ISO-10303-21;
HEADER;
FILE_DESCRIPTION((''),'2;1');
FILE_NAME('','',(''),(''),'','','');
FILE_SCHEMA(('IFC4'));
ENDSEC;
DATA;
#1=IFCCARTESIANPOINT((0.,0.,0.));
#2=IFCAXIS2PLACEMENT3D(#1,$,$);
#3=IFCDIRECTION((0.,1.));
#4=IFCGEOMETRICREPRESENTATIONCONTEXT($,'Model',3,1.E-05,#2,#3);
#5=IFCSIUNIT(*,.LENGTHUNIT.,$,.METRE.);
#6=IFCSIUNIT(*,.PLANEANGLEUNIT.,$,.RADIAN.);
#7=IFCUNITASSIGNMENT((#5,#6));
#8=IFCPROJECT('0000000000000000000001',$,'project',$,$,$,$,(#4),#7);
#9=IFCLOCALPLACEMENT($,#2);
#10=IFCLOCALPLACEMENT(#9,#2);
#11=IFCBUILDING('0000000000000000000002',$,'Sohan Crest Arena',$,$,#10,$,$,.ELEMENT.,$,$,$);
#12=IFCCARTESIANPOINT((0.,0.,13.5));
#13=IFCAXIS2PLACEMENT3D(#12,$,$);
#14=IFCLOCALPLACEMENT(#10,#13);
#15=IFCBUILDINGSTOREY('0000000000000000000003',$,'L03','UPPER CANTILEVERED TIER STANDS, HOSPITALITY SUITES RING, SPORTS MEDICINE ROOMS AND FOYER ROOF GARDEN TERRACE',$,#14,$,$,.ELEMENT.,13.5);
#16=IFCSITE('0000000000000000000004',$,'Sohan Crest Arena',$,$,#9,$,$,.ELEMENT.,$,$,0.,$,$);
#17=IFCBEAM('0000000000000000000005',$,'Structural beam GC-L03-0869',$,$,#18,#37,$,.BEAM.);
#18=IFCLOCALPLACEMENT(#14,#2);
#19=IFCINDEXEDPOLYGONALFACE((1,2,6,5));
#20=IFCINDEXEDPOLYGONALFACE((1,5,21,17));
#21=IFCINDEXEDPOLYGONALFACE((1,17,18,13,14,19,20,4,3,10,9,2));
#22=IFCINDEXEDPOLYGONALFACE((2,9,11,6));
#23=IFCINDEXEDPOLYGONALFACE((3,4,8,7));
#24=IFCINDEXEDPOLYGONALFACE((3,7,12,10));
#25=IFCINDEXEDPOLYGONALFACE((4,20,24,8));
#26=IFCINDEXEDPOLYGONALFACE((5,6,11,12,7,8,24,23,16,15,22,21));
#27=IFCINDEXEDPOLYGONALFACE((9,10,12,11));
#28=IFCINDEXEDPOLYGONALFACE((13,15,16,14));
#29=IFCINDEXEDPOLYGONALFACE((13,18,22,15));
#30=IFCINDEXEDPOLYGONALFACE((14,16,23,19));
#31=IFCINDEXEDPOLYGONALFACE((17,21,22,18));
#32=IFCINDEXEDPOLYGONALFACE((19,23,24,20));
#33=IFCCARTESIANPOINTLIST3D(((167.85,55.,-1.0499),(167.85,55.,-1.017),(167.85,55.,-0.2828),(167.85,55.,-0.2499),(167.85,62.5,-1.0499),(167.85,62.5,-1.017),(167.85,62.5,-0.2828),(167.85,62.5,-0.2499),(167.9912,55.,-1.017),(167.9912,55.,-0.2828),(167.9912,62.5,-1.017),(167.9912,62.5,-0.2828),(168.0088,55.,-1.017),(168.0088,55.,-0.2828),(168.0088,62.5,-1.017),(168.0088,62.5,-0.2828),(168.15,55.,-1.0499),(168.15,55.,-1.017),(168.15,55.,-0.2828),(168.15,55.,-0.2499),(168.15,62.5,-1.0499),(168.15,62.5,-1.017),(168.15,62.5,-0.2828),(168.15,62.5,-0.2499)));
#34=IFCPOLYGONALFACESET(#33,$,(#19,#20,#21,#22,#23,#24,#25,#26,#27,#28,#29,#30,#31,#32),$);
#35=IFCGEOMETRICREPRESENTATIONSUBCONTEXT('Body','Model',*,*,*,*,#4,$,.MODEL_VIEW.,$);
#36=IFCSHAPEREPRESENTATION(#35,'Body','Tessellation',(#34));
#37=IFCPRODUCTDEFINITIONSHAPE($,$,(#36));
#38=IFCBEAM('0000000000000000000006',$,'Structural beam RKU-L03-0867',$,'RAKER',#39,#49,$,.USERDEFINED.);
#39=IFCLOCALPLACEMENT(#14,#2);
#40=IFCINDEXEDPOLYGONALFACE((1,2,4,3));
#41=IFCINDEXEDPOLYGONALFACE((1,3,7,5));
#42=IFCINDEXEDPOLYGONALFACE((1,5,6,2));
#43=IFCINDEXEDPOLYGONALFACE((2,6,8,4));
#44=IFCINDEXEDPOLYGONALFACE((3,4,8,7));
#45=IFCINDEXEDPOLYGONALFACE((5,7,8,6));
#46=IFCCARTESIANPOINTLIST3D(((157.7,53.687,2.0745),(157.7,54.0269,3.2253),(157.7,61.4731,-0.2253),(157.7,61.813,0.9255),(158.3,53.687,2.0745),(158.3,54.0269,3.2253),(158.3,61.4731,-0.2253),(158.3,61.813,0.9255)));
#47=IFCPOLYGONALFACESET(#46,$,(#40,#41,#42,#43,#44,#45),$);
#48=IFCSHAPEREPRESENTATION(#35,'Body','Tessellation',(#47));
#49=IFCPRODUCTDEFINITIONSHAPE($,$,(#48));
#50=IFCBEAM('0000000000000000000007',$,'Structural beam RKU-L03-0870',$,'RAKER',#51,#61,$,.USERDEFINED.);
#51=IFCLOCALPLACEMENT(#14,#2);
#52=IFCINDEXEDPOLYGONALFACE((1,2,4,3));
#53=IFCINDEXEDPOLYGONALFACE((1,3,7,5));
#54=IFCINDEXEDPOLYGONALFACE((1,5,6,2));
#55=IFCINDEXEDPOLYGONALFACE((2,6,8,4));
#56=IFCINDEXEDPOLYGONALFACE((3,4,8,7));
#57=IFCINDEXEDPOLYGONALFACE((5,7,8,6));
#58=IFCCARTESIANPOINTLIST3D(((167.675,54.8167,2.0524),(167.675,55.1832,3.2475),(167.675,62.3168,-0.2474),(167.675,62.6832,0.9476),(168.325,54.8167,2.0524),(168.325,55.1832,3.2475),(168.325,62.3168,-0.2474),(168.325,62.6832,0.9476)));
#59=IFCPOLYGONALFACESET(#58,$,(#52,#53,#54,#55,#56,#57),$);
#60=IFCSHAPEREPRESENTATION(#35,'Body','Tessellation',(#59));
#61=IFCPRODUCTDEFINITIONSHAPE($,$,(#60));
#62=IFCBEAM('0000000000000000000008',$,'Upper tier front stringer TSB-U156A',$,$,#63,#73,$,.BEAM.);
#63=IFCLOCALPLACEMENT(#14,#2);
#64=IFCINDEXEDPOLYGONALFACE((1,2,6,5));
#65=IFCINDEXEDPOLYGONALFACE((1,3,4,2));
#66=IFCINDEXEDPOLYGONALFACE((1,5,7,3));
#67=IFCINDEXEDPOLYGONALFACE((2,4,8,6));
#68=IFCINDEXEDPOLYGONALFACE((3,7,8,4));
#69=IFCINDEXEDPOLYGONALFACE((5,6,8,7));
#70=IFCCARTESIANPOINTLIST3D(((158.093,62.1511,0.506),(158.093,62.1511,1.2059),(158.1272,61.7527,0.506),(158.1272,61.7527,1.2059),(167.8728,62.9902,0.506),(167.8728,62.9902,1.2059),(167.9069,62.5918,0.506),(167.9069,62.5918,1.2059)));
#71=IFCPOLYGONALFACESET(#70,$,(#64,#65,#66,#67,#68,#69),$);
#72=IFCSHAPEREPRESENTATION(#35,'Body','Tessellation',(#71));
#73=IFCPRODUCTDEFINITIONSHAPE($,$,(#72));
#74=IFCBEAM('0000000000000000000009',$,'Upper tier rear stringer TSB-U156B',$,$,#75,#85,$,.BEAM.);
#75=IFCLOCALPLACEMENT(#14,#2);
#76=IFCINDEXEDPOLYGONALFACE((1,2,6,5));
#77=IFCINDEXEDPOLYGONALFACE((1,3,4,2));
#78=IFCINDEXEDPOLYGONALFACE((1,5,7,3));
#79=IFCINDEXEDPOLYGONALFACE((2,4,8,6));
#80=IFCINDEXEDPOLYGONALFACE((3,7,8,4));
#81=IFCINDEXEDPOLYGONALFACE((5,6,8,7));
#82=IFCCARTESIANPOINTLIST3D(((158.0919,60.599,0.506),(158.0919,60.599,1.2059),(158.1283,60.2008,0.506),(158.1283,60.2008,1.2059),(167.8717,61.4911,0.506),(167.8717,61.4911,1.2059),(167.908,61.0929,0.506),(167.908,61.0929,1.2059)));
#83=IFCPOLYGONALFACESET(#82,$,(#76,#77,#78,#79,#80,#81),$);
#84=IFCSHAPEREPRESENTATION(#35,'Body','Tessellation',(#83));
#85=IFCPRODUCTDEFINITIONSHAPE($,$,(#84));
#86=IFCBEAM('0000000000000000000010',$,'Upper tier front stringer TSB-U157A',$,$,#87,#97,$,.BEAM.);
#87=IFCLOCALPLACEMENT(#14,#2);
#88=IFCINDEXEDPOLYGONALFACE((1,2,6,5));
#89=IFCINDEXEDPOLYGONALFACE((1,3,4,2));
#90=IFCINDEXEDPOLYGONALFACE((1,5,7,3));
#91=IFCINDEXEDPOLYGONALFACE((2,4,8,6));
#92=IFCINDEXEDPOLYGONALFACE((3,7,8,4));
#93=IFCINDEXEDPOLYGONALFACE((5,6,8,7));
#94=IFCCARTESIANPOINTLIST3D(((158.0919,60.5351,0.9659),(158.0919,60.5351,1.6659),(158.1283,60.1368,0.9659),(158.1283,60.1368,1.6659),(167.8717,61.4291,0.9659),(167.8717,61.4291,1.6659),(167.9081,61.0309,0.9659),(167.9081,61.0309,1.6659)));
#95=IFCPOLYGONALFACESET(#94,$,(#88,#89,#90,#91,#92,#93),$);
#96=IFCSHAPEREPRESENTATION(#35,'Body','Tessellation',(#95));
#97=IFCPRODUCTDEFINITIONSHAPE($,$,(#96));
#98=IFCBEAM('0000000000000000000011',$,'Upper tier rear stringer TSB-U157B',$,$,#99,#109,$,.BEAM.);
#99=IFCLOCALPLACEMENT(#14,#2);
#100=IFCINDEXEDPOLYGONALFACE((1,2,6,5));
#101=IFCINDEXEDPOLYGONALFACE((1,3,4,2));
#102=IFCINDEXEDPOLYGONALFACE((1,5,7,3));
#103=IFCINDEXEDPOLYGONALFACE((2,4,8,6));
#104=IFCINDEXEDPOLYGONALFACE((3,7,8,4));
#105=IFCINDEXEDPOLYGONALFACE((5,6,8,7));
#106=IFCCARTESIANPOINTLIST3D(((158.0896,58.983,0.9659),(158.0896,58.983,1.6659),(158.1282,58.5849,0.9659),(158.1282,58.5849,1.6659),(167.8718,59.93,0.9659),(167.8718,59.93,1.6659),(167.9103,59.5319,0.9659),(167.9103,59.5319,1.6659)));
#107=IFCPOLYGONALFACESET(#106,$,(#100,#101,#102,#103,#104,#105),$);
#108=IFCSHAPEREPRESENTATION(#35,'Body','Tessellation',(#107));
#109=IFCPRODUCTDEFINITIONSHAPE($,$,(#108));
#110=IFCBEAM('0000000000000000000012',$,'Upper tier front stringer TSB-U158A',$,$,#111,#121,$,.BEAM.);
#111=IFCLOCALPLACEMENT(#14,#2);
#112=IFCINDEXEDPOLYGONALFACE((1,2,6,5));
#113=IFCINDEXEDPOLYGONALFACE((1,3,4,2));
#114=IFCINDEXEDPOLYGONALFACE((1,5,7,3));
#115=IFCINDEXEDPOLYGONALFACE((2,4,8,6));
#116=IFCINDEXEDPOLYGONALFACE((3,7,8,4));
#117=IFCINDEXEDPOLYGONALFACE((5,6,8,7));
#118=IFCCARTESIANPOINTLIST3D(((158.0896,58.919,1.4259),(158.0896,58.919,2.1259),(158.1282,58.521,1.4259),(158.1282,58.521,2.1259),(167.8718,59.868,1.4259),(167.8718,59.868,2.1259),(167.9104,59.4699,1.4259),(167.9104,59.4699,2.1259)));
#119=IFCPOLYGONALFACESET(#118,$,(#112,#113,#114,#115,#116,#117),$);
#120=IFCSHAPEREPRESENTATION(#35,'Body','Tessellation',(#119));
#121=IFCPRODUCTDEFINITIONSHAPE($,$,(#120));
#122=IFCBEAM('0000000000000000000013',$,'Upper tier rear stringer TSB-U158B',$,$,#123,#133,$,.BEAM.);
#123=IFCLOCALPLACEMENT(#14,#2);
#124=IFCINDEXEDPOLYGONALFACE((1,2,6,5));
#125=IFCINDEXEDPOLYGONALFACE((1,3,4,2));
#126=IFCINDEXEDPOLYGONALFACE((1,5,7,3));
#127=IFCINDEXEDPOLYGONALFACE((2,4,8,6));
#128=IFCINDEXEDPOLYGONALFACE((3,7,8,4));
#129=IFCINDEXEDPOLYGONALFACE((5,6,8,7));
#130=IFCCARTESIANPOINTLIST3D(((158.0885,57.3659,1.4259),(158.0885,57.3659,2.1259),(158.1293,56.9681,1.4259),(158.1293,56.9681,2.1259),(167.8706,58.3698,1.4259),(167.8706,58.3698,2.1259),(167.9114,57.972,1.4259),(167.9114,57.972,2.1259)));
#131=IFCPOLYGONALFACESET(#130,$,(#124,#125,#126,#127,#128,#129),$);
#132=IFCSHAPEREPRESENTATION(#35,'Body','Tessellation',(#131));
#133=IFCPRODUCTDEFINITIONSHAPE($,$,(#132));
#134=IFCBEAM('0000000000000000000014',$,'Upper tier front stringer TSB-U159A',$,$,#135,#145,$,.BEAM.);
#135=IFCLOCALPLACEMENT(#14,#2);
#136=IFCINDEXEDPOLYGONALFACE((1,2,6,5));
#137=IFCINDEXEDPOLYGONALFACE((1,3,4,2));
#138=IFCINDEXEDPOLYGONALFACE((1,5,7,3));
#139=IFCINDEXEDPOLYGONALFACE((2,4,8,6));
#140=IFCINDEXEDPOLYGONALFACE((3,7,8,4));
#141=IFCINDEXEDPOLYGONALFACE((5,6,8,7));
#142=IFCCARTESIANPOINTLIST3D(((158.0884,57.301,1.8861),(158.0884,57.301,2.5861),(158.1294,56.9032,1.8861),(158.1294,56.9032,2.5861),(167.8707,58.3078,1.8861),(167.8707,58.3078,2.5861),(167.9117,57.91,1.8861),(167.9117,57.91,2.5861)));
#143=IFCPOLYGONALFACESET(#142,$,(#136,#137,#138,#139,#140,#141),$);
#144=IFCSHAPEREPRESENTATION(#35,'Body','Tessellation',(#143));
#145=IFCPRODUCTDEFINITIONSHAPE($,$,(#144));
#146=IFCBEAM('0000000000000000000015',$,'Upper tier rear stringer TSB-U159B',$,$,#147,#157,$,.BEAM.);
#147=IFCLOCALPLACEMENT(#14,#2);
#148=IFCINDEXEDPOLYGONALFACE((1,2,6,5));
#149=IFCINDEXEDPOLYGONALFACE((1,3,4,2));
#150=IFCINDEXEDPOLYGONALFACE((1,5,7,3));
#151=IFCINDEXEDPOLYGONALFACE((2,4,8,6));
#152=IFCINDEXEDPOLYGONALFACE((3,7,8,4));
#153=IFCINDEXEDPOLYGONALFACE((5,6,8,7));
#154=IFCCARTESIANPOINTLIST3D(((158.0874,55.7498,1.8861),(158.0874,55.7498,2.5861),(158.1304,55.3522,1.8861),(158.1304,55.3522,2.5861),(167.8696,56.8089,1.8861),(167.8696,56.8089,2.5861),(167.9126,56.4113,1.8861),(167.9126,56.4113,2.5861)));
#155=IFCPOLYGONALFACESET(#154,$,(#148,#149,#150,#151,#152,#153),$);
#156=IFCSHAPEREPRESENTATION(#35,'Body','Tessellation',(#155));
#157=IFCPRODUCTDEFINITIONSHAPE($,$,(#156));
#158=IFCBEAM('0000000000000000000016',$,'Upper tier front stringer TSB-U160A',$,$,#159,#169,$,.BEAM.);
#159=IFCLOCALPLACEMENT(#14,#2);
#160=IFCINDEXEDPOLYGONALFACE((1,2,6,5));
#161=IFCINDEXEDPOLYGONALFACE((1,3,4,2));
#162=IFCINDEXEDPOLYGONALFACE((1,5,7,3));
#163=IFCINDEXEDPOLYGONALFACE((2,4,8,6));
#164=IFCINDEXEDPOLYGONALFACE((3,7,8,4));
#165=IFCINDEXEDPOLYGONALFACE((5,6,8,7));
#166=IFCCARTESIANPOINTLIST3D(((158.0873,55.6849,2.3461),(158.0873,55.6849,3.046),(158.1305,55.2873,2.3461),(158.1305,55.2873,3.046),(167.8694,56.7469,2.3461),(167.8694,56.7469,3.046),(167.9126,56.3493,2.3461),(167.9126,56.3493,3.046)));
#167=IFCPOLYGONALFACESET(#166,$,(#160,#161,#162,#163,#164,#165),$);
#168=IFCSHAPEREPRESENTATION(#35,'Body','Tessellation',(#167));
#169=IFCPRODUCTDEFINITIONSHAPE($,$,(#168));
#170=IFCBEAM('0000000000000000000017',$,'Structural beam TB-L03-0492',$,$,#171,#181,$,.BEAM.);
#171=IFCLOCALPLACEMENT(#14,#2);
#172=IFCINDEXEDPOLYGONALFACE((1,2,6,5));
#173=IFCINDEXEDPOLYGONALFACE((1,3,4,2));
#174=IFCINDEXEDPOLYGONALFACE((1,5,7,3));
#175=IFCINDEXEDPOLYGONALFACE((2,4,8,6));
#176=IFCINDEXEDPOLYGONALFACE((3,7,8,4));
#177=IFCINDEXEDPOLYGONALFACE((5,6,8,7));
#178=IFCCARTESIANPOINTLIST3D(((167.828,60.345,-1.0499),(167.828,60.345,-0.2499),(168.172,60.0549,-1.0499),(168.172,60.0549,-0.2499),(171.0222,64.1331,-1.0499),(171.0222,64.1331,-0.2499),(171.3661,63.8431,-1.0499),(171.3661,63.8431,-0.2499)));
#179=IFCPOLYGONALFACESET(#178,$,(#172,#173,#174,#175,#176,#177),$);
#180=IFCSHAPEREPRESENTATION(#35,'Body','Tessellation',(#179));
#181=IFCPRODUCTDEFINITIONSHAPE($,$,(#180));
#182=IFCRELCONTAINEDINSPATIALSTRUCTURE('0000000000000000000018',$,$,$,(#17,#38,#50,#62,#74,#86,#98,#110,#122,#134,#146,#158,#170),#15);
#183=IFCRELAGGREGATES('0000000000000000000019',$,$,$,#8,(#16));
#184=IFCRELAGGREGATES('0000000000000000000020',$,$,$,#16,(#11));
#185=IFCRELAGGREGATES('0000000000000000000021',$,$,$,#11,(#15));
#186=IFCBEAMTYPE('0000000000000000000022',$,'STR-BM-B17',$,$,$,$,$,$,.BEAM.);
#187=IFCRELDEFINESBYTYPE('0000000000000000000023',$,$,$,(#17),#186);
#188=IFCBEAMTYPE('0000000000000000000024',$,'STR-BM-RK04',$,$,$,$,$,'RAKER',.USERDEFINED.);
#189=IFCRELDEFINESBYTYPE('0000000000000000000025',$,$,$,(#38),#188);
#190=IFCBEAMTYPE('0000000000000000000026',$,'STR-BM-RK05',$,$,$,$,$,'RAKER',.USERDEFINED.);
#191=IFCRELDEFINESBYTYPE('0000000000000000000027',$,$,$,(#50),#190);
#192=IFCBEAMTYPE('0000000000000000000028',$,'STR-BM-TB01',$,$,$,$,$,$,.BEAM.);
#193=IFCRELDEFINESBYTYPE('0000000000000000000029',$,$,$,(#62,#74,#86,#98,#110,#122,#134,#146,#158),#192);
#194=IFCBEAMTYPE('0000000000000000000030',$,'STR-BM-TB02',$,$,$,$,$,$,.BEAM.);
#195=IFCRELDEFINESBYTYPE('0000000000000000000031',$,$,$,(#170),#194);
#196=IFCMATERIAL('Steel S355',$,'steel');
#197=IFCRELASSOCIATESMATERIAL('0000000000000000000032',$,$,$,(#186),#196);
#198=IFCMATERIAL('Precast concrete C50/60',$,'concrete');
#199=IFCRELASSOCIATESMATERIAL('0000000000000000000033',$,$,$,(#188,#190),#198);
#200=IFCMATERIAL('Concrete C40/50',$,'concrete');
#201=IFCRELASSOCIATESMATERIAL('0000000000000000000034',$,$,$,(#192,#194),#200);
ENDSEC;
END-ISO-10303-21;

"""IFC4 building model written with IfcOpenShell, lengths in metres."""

from ifc_helpers import new_model, si_unit, direction, frame, origin, origin_2d, place, context, subcontext, project, spatial, rectangle, i_section, extrude, material, material_profile, profile_set, type_object, element, save


model = new_model("IFC4")

# Units and contexts
model_context = context("Model", 3, precision=1e-05, world=origin(), true_north=direction((0.0, 1.0)))
body_context = subcontext(model_context, "Body", "Model", "MODEL_VIEW")
ifc_project = project(units=[si_unit("LENGTHUNIT", "METRE"), si_unit("PLANEANGLEUNIT", "RADIAN")], contexts=[model_context])

# Site, building, storey
site_placement = place(None, origin())
site = spatial("IfcSite", under=ifc_project, at=site_placement, Name="Sohan Crest Arena", CompositionType="ELEMENT", RefElevation=0.0)
building_placement = place(site_placement, origin())
building = spatial("IfcBuilding", under=site, at=building_placement, Name="Sohan Crest Arena", CompositionType="ELEMENT")
storey_placement = place(building_placement, frame((0.0, 0.0, 13.5)))
storey = spatial("IfcBuildingStorey", under=building, at=storey_placement, Name="L03", Description="UPPER CANTILEVERED TIER STANDS, HOSPITALITY SUITES RING, SPORTS MEDICINE ROOMS AND FOYER ROOF GARDEN TERRACE", CompositionType="ELEMENT", Elevation=13.5)

# Shared definitions
ifc_material_1 = material(Name="Concrete C40/50", Category="concrete")
ifc_material_2 = material(Name="Steel S355", Category="steel")

# Beams
ifc_material_profile_1 = material_profile(ifc_material_2, i_section(OverallWidth=0.3, OverallDepth=0.8, WebThickness=0.0176, FlangeThickness=0.033, at=origin_2d()), Name="HEB 800")
ifc_profile_set_1 = profile_set([ifc_material_profile_1], Name="Steel S355")
beam_type_1 = type_object("IfcBeamType", Name="STR-BM-B17", PredefinedType="BEAM", material=ifc_profile_set_1)
beam_1_placement = place(storey_placement, frame((168.0, 55.0, -0.6499), z_axis=(0.0, 1.0, 0.0), x_axis=(-1.0, 0.0, 0.0)))
element("IfcBeam", 1, at=beam_1_placement, inside=storey, type_object=beam_type_1, Name="Structural beam GC-L03-0869", PredefinedType="BEAM", context=body_context, shape_type="SweptSolid", body=[
    extrude(i_section(OverallWidth=0.3, OverallDepth=0.8, WebThickness=0.0176, FlangeThickness=0.033, at=origin_2d()), origin(), (0.0, 0.0, 1.0), 7.5),
])
ifc_material_3 = material(Name="Precast concrete C50/60", Category="concrete")
ifc_material_profile_2 = material_profile(ifc_material_3, rectangle(XDim=0.6001, YDim=1.2, at=origin_2d()), Name="RAKER 600x1200")
ifc_profile_set_2 = profile_set([ifc_material_profile_2], Name="Precast concrete C50/60")
beam_type_2 = type_object("IfcBeamType", Name="STR-BM-RK04", ElementType="RAKER", PredefinedType="USERDEFINED", material=ifc_profile_set_2)
beam_2_placement = place(storey_placement, frame((158.0, 61.6431, 0.3501), z_axis=(0.0, -0.959039, 0.283273), x_axis=(1.0, 0.0, 0.0)))
element("IfcBeam", 2, at=beam_2_placement, inside=storey, type_object=beam_type_2, Name="Structural beam RKU-L03-0867", ObjectType="RAKER", PredefinedType="USERDEFINED", context=body_context, shape_type="SweptSolid", body=[
    extrude(rectangle(XDim=0.6001, YDim=1.2, at=origin_2d()), origin(), (0.0, 0.0, 1.0), 8.1187),
])
ifc_material_profile_3 = material_profile(ifc_material_3, rectangle(XDim=0.6499, YDim=1.25, at=origin_2d()), Name="RAKER 650x1250")
ifc_profile_set_3 = profile_set([ifc_material_profile_3], Name="Precast concrete C50/60")
beam_type_3 = type_object("IfcBeamType", Name="STR-BM-RK05", ElementType="RAKER", PredefinedType="USERDEFINED", material=ifc_profile_set_3)
beam_3_placement = place(storey_placement, frame((168.0, 62.5, 0.3501), z_axis=(0.0, -0.956061, 0.293167), x_axis=(1.0, 0.0, 0.0)))
element("IfcBeam", 3, at=beam_3_placement, inside=storey, type_object=beam_type_3, Name="Structural beam RKU-L03-0870", ObjectType="RAKER", PredefinedType="USERDEFINED", context=body_context, shape_type="SweptSolid", body=[
    extrude(rectangle(XDim=0.6499, YDim=1.25, at=origin_2d()), origin(), (0.0, 0.0, 1.0), 7.8447),
])
ifc_material_profile_4 = material_profile(ifc_material_1, rectangle(XDim=0.3999, YDim=0.7, at=origin_2d()), Name="RC-BM 400x700")
ifc_profile_set_4 = profile_set([ifc_material_profile_4], Name="Concrete C40/50")
beam_type_4 = type_object("IfcBeamType", Name="STR-BM-TB01", PredefinedType="BEAM", material=ifc_profile_set_4)
beam_4_placement = place(storey_placement, frame((158.1101, 61.9519, 0.856), z_axis=(0.996339, 0.085487, 0.0), x_axis=(-0.085487, 0.996339, 0.0)))
element("IfcBeam", 4, at=beam_4_placement, inside=storey, type_object=beam_type_4, Name="Upper tier front stringer TSB-U156A", PredefinedType="BEAM", context=body_context, shape_type="SweptSolid", body=[
    extrude(rectangle(XDim=0.3999, YDim=0.7, at=origin_2d()), origin(), (0.0, 0.0, 1.0), 9.8157),
])
beam_5_placement = place(storey_placement, frame((158.1101, 60.3999, 0.856), z_axis=(0.995865, 0.090841, 0.0), x_axis=(-0.090841, 0.995865, 0.0)))
element("IfcBeam", 5, at=beam_5_placement, inside=storey, type_object=beam_type_4, Name="Upper tier rear stringer TSB-U156B", PredefinedType="BEAM", context=body_context, shape_type="SweptSolid", body=[
    extrude(rectangle(XDim=0.3999, YDim=0.7, at=origin_2d()), origin(), (0.0, 0.0, 1.0), 9.8203),
])
beam_6_placement = place(storey_placement, frame((158.1101, 60.3359, 1.3159), z_axis=(0.995847, 0.091038, 0.0), x_axis=(-0.091038, 0.995847, 0.0)))
element("IfcBeam", 6, at=beam_6_placement, inside=storey, type_object=beam_type_4, Name="Upper tier front stringer TSB-U157A", PredefinedType="BEAM", context=body_context, shape_type="SweptSolid", body=[
    extrude(rectangle(XDim=0.3999, YDim=0.7, at=origin_2d()), origin(), (0.0, 0.0, 1.0), 9.8206),
])
beam_7_placement = place(storey_placement, frame((158.1089, 58.7839, 1.3159), z_axis=(0.995347, 0.09636, 0.0), x_axis=(-0.09636, 0.995347, 0.0)))
element("IfcBeam", 7, at=beam_7_placement, inside=storey, type_object=beam_type_4, Name="Upper tier rear stringer TSB-U157B", PredefinedType="BEAM", context=body_context, shape_type="SweptSolid", body=[
    extrude(rectangle(XDim=0.3999, YDim=0.7, at=origin_2d()), origin(), (0.0, 0.0, 1.0), 9.8279),
])
beam_8_placement = place(storey_placement, frame((158.1089, 58.72, 1.7759), z_axis=(0.995327, 0.096557, 0.0), x_axis=(-0.096557, 0.995327, 0.0)))
element("IfcBeam", 8, at=beam_8_placement, inside=storey, type_object=beam_type_4, Name="Upper tier front stringer TSB-U158A", PredefinedType="BEAM", context=body_context, shape_type="SweptSolid", body=[
    extrude(rectangle(XDim=0.3999, YDim=0.7, at=origin_2d()), origin(), (0.0, 0.0, 1.0), 9.8281),
])
beam_9_placement = place(storey_placement, frame((158.1089, 57.167, 1.7759), z_axis=(0.994775, 0.102089, 0.0), x_axis=(-0.102089, 0.994775, 0.0)))
element("IfcBeam", 9, at=beam_9_placement, inside=storey, type_object=beam_type_4, Name="Upper tier rear stringer TSB-U158B", PredefinedType="BEAM", context=body_context, shape_type="SweptSolid", body=[
    extrude(rectangle(XDim=0.3999, YDim=0.7, at=origin_2d()), origin(), (0.0, 0.0, 1.0), 9.8335),
])
beam_10_placement = place(storey_placement, frame((158.1089, 57.1021, 2.2361), z_axis=(0.994745, 0.102384, 0.0), x_axis=(-0.102384, 0.994745, 0.0)))
element("IfcBeam", 10, at=beam_10_placement, inside=storey, type_object=beam_type_4, Name="Upper tier front stringer TSB-U159A", PredefinedType="BEAM", context=body_context, shape_type="SweptSolid", body=[
    extrude(rectangle(XDim=0.3999, YDim=0.7, at=origin_2d()), origin(), (0.0, 0.0, 1.0), 9.834),
])
beam_11_placement = place(storey_placement, frame((158.1089, 55.551, 2.2361), z_axis=(0.99419, 0.107637, 0.0), x_axis=(-0.107637, 0.99419, 0.0)))
element("IfcBeam", 11, at=beam_11_placement, inside=storey, type_object=beam_type_4, Name="Upper tier rear stringer TSB-U159B", PredefinedType="BEAM", context=body_context, shape_type="SweptSolid", body=[
    extrude(rectangle(XDim=0.3999, YDim=0.7, at=origin_2d()), origin(), (0.0, 0.0, 1.0), 9.8394),
])
beam_12_placement = place(storey_placement, frame((158.1089, 55.4861, 2.696), z_axis=(0.994158, 0.107931, 0.0), x_axis=(-0.107931, 0.994158, 0.0)))
element("IfcBeam", 12, at=beam_12_placement, inside=storey, type_object=beam_type_4, Name="Upper tier front stringer TSB-U160A", PredefinedType="BEAM", context=body_context, shape_type="SweptSolid", body=[
    extrude(rectangle(XDim=0.3999, YDim=0.7, at=origin_2d()), origin(), (0.0, 0.0, 1.0), 9.8396),
])
ifc_material_profile_5 = material_profile(ifc_material_1, rectangle(XDim=0.45, YDim=0.8, at=origin_2d()), Name="RC-BM 450x800")
ifc_profile_set_5 = profile_set([ifc_material_profile_5], Name="Concrete C40/50")
beam_type_5 = type_object("IfcBeamType", Name="STR-BM-TB02", PredefinedType="BEAM", material=ifc_profile_set_5)
beam_13_placement = place(storey_placement, frame((168.0, 60.2, -0.6499), z_axis=(0.644623, 0.764501, 0.0), x_axis=(-0.764501, 0.644623, 0.0)))
element("IfcBeam", 13, at=beam_13_placement, inside=storey, type_object=beam_type_5, Name="Structural beam TB-L03-0492", PredefinedType="BEAM", context=body_context, shape_type="SweptSolid", body=[
    extrude(rectangle(XDim=0.45, YDim=0.8, at=origin_2d()), origin(), (0.0, 0.0, 1.0), 4.9551),
])

save(model, "model.ifc")
